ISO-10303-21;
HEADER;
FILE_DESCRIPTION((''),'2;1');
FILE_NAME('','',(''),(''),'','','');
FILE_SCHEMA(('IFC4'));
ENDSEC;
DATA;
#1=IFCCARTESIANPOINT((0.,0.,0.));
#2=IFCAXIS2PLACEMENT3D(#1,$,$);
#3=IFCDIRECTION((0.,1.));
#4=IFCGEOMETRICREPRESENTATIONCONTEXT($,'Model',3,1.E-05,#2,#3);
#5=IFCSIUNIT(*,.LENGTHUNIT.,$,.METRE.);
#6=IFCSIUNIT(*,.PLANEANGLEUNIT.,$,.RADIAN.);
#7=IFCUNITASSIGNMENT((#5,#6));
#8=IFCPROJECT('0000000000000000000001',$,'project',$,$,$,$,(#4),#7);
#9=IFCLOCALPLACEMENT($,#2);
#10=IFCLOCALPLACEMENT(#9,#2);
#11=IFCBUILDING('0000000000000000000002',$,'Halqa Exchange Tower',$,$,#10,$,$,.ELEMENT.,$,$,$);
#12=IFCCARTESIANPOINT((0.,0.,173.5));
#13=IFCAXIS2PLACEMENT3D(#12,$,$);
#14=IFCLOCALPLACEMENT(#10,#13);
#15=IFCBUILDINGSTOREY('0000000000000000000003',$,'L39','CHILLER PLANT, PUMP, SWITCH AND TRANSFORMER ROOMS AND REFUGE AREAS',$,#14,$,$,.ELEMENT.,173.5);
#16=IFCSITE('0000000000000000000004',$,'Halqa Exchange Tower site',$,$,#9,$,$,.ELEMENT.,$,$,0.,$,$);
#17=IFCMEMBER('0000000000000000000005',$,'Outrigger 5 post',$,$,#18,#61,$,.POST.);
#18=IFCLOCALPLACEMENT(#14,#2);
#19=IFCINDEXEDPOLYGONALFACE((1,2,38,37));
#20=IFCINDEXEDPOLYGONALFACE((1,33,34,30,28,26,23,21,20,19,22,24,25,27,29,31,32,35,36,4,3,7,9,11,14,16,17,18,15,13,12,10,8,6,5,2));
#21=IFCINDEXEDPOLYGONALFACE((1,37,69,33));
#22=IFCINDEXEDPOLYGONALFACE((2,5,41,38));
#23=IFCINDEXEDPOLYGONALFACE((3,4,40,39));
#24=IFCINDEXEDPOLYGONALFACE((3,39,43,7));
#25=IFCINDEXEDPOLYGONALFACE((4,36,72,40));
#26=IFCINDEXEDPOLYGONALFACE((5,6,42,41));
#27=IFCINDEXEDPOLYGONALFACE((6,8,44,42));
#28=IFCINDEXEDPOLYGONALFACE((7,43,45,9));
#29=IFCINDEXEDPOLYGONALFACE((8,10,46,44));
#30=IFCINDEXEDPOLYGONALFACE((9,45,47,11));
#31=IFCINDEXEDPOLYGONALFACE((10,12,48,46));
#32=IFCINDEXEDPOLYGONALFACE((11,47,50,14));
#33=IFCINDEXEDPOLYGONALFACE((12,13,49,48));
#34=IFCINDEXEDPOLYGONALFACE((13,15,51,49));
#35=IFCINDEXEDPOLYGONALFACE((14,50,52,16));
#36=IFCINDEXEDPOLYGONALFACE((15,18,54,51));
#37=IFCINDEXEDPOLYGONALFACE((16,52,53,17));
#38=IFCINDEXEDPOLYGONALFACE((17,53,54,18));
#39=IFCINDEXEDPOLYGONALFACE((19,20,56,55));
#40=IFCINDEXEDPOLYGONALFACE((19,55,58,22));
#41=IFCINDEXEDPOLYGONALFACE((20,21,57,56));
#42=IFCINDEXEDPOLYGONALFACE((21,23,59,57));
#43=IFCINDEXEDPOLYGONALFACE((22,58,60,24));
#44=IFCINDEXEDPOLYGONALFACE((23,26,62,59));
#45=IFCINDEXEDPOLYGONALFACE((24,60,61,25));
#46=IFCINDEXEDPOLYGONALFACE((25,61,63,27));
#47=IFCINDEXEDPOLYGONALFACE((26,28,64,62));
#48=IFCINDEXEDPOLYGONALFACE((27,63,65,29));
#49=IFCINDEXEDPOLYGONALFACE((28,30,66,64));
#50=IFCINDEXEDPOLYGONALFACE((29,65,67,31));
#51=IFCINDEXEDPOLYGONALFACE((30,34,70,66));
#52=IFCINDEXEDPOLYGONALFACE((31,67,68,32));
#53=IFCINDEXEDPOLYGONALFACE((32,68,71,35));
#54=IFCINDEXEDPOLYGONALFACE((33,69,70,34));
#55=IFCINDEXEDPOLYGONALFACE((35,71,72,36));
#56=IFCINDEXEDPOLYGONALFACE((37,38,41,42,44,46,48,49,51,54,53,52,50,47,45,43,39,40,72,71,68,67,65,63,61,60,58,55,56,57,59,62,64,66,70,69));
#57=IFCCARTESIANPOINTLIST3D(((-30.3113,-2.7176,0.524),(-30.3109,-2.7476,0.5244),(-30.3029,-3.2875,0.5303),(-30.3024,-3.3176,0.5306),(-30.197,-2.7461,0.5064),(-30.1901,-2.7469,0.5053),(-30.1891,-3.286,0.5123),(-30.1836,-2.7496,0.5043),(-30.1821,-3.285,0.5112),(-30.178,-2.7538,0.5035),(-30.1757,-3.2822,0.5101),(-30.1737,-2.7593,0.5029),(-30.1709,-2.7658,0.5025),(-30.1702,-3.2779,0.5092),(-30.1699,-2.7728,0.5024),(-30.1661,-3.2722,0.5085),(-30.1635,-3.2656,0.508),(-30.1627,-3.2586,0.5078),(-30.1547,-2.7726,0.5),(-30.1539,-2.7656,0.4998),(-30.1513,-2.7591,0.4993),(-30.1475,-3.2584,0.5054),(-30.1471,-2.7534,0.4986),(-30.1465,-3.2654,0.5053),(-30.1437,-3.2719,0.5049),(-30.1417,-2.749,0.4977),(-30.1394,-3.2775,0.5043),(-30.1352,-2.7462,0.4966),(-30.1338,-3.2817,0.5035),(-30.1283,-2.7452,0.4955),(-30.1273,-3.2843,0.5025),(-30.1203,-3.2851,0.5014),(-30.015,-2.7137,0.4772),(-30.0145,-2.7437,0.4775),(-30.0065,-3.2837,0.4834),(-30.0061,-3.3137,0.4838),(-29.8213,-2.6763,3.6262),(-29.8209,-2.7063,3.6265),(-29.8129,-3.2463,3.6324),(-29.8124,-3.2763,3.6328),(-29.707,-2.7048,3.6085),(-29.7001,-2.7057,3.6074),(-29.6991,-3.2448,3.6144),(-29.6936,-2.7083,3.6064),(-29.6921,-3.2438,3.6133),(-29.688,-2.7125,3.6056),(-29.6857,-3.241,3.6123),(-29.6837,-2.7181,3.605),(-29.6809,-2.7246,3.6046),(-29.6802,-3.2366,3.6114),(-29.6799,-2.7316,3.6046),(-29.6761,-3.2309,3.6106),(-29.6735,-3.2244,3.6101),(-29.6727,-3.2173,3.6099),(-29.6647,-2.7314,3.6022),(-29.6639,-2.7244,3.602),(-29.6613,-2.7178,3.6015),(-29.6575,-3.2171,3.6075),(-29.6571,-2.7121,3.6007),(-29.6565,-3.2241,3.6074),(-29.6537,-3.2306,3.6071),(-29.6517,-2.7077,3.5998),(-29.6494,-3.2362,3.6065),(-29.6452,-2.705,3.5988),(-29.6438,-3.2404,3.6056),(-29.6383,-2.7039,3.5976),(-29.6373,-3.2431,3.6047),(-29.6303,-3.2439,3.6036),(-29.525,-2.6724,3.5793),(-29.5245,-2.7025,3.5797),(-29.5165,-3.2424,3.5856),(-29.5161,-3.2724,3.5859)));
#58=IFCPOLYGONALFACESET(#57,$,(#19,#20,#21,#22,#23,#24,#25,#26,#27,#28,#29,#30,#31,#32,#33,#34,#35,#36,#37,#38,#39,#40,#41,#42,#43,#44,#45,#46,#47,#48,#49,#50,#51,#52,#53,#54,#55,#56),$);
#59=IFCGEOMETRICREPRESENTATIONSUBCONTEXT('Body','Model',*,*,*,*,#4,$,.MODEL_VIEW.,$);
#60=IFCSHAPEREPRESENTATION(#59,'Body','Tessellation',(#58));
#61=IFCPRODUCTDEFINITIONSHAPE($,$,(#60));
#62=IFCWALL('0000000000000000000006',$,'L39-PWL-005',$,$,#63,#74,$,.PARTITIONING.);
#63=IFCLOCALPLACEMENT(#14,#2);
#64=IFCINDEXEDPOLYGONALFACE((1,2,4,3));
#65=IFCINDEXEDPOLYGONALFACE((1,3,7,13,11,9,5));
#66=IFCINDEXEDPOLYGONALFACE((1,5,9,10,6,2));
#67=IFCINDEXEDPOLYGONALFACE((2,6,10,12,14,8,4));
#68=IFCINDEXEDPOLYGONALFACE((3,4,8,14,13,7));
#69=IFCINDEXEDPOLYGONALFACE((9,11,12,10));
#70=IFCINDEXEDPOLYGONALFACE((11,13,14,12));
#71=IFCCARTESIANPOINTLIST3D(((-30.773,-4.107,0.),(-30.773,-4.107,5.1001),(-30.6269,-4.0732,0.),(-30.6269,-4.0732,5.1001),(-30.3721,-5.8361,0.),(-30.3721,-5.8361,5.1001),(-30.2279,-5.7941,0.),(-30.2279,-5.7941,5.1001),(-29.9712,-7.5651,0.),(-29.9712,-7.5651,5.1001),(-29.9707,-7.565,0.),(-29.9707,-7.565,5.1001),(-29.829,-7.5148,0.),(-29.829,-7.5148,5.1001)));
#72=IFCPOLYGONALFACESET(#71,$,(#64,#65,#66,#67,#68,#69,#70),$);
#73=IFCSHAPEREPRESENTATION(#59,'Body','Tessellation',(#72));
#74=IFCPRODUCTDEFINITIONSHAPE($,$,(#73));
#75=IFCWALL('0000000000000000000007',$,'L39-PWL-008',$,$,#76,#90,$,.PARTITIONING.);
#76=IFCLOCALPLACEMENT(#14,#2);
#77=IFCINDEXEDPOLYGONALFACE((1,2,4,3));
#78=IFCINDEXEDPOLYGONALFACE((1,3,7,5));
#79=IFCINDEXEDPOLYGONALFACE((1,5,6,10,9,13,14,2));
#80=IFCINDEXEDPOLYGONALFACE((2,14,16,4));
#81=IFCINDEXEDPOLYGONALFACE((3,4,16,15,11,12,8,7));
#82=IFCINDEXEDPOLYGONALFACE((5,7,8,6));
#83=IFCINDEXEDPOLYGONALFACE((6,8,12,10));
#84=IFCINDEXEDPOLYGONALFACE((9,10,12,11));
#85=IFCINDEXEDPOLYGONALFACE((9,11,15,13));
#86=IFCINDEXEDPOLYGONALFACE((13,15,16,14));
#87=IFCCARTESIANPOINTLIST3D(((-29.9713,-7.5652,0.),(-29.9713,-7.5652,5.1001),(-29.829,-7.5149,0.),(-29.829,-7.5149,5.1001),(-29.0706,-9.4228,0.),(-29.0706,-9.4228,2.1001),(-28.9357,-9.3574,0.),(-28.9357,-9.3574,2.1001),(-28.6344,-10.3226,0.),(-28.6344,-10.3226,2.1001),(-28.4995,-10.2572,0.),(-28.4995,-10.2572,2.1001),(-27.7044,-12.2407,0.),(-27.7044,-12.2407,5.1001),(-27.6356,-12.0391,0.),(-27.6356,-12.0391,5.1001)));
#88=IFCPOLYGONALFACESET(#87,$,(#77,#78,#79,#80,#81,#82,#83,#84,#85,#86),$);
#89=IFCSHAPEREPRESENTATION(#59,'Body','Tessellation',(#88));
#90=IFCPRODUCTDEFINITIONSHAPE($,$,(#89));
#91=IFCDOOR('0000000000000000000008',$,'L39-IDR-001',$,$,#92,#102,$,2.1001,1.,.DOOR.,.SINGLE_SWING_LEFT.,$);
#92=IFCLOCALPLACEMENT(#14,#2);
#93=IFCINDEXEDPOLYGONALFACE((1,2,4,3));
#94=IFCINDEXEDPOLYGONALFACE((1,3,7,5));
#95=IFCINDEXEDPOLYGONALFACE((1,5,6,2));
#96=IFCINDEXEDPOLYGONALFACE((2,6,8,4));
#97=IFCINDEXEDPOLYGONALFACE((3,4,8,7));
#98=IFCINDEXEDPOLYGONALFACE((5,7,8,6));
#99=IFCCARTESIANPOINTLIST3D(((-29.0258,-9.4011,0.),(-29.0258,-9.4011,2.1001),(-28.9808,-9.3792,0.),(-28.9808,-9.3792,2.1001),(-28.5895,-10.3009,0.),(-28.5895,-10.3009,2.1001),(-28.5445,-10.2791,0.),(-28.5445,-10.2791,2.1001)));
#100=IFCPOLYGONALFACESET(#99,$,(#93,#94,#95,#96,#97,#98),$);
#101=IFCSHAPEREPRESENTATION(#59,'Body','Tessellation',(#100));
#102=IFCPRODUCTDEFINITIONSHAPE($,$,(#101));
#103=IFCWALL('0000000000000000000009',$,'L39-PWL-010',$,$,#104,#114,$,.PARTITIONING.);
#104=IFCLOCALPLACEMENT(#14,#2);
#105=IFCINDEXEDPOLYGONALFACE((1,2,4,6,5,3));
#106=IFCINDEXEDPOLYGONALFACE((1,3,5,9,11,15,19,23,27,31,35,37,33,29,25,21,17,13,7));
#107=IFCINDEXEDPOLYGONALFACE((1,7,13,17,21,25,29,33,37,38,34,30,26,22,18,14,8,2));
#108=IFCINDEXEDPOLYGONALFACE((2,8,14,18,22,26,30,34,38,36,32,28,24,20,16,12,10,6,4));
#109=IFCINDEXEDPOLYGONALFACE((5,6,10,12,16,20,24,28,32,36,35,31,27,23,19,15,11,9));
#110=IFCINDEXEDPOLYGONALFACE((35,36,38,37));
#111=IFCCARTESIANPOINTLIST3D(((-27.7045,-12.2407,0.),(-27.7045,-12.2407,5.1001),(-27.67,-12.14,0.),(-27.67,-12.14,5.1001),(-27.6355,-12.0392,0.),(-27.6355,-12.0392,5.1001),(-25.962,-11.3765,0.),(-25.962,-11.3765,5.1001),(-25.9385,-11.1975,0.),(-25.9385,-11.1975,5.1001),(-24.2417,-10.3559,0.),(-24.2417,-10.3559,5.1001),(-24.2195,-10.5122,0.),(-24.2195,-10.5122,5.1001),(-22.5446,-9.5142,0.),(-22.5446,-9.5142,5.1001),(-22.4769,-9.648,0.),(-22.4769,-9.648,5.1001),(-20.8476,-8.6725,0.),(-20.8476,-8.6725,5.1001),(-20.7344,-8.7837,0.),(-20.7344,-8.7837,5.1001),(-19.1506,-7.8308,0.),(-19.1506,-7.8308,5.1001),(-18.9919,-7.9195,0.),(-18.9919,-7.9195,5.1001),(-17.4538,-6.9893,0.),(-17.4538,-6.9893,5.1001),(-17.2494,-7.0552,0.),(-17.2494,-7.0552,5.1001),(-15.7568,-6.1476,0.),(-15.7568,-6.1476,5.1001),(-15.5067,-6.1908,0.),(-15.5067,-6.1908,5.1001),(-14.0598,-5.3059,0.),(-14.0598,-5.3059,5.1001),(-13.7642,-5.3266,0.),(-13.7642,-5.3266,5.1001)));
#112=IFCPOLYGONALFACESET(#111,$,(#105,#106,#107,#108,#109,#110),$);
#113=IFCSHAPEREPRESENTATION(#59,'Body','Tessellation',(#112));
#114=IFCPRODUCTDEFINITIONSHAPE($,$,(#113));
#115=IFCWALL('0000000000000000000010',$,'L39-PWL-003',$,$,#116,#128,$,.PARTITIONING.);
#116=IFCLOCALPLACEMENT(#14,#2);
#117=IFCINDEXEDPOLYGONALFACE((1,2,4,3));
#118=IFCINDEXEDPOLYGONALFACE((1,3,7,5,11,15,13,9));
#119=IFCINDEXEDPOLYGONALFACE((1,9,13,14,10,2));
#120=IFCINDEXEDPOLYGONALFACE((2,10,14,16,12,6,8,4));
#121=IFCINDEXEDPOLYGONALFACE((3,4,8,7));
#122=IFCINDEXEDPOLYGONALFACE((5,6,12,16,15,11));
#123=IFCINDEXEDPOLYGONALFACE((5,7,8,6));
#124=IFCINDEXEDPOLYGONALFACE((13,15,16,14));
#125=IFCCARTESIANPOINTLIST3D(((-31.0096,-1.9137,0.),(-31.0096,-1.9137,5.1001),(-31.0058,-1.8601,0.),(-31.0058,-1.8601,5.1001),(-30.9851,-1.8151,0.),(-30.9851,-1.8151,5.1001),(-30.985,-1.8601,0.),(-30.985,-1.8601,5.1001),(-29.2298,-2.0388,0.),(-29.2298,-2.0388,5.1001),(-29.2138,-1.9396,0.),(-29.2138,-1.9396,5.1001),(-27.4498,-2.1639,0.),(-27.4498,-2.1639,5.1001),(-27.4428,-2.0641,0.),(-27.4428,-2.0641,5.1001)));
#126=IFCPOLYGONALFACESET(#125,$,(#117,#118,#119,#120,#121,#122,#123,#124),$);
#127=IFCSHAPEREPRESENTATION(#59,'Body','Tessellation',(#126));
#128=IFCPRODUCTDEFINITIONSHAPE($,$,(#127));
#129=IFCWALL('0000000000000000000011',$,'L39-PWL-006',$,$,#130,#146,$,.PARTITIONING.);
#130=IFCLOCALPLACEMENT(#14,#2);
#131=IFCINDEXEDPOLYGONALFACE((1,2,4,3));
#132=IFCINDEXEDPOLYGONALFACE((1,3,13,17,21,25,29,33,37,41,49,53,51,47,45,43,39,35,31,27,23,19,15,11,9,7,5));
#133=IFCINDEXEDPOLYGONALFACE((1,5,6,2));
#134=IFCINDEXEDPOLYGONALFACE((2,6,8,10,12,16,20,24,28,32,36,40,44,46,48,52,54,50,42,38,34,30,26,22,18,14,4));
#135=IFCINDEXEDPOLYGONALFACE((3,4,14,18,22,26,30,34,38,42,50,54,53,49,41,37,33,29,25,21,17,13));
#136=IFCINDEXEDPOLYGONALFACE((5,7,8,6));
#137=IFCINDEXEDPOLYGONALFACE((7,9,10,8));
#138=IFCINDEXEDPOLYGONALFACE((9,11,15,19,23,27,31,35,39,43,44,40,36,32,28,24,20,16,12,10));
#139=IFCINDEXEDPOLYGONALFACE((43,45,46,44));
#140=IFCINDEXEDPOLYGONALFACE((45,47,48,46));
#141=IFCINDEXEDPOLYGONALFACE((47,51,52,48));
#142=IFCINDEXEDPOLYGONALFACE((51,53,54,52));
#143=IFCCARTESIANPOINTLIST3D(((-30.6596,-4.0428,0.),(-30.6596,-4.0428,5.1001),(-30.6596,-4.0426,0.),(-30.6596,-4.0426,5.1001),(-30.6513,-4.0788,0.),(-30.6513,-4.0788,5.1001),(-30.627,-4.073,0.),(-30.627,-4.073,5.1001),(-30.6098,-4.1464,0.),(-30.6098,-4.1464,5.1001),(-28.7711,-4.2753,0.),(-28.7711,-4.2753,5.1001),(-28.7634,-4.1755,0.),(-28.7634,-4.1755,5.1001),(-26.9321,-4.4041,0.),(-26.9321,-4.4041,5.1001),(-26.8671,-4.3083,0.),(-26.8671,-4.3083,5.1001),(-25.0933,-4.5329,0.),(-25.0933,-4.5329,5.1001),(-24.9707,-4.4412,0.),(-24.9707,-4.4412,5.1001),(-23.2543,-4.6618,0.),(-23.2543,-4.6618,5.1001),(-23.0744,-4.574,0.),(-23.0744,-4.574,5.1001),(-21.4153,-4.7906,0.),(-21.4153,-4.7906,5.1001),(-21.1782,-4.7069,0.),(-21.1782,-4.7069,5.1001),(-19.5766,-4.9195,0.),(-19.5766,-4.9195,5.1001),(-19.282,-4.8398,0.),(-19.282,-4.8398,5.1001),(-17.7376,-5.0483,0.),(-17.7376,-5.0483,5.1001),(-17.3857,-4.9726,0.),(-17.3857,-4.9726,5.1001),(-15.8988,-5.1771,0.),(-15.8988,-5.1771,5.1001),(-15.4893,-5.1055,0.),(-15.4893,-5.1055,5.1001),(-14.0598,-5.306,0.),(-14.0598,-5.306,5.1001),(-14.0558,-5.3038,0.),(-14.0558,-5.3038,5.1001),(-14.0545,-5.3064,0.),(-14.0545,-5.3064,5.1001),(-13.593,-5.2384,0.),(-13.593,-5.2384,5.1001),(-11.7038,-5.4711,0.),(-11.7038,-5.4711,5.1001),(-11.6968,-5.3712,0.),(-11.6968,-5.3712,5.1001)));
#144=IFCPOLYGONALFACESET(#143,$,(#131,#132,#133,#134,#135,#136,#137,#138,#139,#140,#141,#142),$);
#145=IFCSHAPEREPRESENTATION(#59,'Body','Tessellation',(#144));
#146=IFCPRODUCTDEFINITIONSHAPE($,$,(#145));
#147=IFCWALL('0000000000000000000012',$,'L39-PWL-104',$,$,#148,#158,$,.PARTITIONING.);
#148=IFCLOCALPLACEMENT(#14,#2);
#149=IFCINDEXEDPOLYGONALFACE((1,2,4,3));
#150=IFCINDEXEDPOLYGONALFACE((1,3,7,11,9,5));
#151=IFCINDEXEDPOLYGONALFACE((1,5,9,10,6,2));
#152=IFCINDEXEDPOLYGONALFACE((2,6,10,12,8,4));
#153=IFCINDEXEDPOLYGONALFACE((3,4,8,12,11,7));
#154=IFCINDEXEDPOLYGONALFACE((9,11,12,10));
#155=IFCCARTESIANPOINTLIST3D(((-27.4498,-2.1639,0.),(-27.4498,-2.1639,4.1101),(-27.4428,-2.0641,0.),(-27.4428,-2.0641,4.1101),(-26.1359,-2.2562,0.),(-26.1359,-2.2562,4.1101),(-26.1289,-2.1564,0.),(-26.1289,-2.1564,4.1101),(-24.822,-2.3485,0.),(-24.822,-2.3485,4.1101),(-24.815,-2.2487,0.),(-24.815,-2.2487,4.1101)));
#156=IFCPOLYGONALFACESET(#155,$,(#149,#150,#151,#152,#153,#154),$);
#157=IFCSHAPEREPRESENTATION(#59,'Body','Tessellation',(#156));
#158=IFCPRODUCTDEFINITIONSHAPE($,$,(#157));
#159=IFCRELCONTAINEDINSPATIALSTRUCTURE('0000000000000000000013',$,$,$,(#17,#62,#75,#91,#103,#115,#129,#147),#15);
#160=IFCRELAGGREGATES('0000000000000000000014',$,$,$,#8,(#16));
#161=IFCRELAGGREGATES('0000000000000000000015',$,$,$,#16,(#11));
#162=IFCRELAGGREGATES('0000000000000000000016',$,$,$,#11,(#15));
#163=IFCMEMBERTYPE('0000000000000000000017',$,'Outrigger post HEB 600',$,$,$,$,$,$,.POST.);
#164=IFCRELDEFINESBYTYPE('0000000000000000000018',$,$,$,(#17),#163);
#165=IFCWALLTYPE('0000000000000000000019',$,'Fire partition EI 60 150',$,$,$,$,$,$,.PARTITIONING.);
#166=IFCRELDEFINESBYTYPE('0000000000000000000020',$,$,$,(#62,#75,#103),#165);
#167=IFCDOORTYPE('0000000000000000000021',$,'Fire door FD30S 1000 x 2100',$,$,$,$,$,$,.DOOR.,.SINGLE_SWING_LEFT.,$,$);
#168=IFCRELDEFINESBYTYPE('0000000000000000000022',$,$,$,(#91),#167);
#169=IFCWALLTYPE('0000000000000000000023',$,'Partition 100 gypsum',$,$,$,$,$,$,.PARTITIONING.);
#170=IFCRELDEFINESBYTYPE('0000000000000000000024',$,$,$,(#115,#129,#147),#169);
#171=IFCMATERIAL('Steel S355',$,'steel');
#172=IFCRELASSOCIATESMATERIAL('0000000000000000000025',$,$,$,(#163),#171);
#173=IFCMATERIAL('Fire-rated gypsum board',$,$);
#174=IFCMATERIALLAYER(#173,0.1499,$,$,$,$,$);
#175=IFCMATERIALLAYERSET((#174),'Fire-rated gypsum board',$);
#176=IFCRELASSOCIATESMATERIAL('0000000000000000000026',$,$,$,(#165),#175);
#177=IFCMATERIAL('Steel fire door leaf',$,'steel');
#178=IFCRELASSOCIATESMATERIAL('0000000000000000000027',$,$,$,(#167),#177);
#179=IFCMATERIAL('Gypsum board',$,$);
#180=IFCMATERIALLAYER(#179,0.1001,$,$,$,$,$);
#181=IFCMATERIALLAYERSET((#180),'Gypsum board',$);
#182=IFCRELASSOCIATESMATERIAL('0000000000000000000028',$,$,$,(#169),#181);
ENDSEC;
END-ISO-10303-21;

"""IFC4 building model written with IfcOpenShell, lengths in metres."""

from ifc_helpers import new_model, si_unit, direction, frame, frame_2d, origin, origin_2d, place, context, subcontext, project, spatial, polyline, rectangle, i_section, outline, extrude, material, layer, layer_set, material_profile, profile_set, type_object, element, fill, save


model = new_model("IFC4")

# Units and contexts
model_context = context("Model", 3, precision=1e-05, world=origin(), true_north=direction((0.0, 1.0)))
body_context = subcontext(model_context, "Body", "Model", "MODEL_VIEW")
ifc_project = project(units=[si_unit("LENGTHUNIT", "METRE"), si_unit("PLANEANGLEUNIT", "RADIAN")], contexts=[model_context])

# Site, building, storey
site_placement = place(None, origin())
site = spatial("IfcSite", under=ifc_project, at=site_placement, Name="Halqa Exchange Tower site", CompositionType="ELEMENT", RefElevation=0.0)
building_placement = place(site_placement, origin())
building = spatial("IfcBuilding", under=site, at=building_placement, Name="Halqa Exchange Tower", CompositionType="ELEMENT")
storey_placement = place(building_placement, frame((0.0, 0.0, 173.5)))
storey = spatial("IfcBuildingStorey", under=building, at=storey_placement, Name="L39", Description="CHILLER PLANT, PUMP, SWITCH AND TRANSFORMER ROOMS AND REFUGE AREAS", CompositionType="ELEMENT", Elevation=173.5)

# Member
ifc_material_1 = material(Name="Steel S355", Category="steel")
ifc_material_profile_1 = material_profile(ifc_material_1, i_section(OverallWidth=0.3, OverallDepth=0.6001, WebThickness=0.0154, FlangeThickness=0.03, FilletRadius=0.0271, at=origin_2d()), Name="HEB 600")
ifc_profile_set_1 = profile_set([ifc_material_profile_1], Name="Steel S355")
member_type_1 = type_object("IfcMemberType", Name="Outrigger post HEB 600", PredefinedType="POST", material=ifc_profile_set_1)
member_1_placement = place(storey_placement, frame((-30.1587, -3.0156, 0.5039), z_axis=(0.156009, 0.013137, 0.987668), x_axis=(0.987645, 0.012899, -0.156177)))
element("IfcMember", 1, at=member_1_placement, inside=storey, type_object=member_type_1, Name="Outrigger 5 post", PredefinedType="POST", context=body_context, shape_type="SweptSolid", body=[
    extrude(i_section(OverallWidth=0.3, OverallDepth=0.6001, WebThickness=0.0154, FlangeThickness=0.03, FilletRadius=0.0271, at=origin_2d()), origin(), (0.0, 0.0, 1.0), 3.1409),
])

# Wall
ifc_material_2 = material(Name="Fire-rated gypsum board")
ifc_layer_1 = layer(ifc_material_2, 0.1499)
ifc_layer_set_1 = layer_set([ifc_layer_1], Name="Fire-rated gypsum board")
wall_type_1 = type_object("IfcWallType", Name="Fire partition EI 60 150", PredefinedType="PARTITIONING", material=ifc_layer_set_1)
wall_1_placement = place(storey_placement, frame((-30.7, -4.0901, 0.0), z_axis=(0.0, 0.0, 1.0), x_axis=(0.225864, -0.974159, 0.0)))
element("IfcWall", 2, at=wall_1_placement, inside=storey, type_object=wall_type_1, Name="L39-PWL-005", PredefinedType="PARTITIONING", context=body_context, shape_type="SweptSolid", body=[
    extrude(outline(polyline([(3.5498, -0.075), (3.5498, -0.0745), (3.533, 0.075), (1.7666, 0.075), (0.0, 0.075), (0.0, -0.075), (1.7749, -0.075), (3.5498, -0.075)])), origin(), (0.0, 0.0, 1.0), 5.1001),
])

# Wall, opening, door
wall_2_placement = place(storey_placement, frame((-29.9038, -7.5325, 0.0), z_axis=(0.0, 0.0, 1.0), x_axis=(0.436261, -0.89982, 0.0)))
wall_2 = element("IfcWall", 3, at=wall_2_placement, inside=storey, type_object=wall_type_1, Name="L39-PWL-008", PredefinedType="PARTITIONING", context=body_context, shape_type="SweptSolid", body=[
    extrude(outline(polyline([(0.0, -0.075), (1.7319, -0.075), (3.4641, -0.075), (5.196, -0.075), (5.0447, 0.075), (3.3689, 0.075), (1.6929, 0.075), (0.0168, 0.075), (0.0, -0.075)])), origin(), (0.0, 0.0, 1.0), 5.1001),
])
opening_placement = place(wall_2_placement, frame((2.0645, 0.0, 0.0)))
opening = element("IfcOpeningElement", 4, at=opening_placement, cuts=wall_2, PredefinedType="OPENING", context=body_context, shape_type="SweptSolid", body=[
    extrude(rectangle(XDim=1.0, YDim=2.1001, at=frame_2d((0.5, 1.05))), frame((0.0, 0.0869, 0.0), z_axis=(0.0, -1.0, 0.0), x_axis=(1.0, 0.0, 0.0)), (0.0, 0.0, 1.0), 0.1738),
])
ifc_material_3 = material(Name="Steel fire door leaf", Category="steel")
door_type = type_object("IfcDoorType", Name="Fire door FD30S 1000 x 2100", OperationType="SINGLE_SWING_LEFT", PredefinedType="DOOR", material=ifc_material_3)
door_placement = place(opening_placement, origin())
door = element("IfcDoor", 5, at=door_placement, inside=storey, type_object=door_type, Name="L39-IDR-001", OperationType="SINGLE_SWING_LEFT", OverallHeight=2.1001, OverallWidth=1.0, PredefinedType="DOOR", context=body_context, shape_type="SweptSolid", body=[
    extrude(rectangle(XDim=1.0, YDim=2.1001, at=frame_2d((0.5, 1.05))), frame((0.0, 0.0249, 0.0), z_axis=(0.0, -1.0, 0.0), x_axis=(1.0, 0.0, 0.0)), (0.0, 0.0, 1.0), 0.05),
])
fill(opening, door)

# Walls
wall_3_placement = place(storey_placement, frame((-27.7378, -12.1736, 0.0), z_axis=(0.0, 0.0, 1.0), x_axis=(0.895863, 0.444331, 0.0)))
element("IfcWall", 6, at=wall_3_placement, inside=storey, type_object=wall_type_1, Name="L39-PWL-010", PredefinedType="PARTITIONING", context=body_context, shape_type="SweptSolid", body=[
    extrude(outline(polyline([(0.0, -0.075), (1.9451, -0.075), (3.8901, -0.075), (5.8352, -0.075), (7.7803, -0.075), (9.7253, -0.075), (11.6704, -0.075), (13.6157, -0.075), (15.5608, -0.075), (15.3052, 0.075), (13.4109, 0.075), (11.5166, 0.075), (9.6226, 0.075), (7.7283, 0.075), (5.834, 0.075), (3.9397, 0.075), (2.0457, 0.075), (0.1514, 0.075), (0.1514, 0.075), (0.0757, 0.0), (0.0, -0.075)])), origin(), (0.0, 0.0, 1.0), 5.1001),
])
ifc_material_4 = material(Name="Gypsum board")
ifc_layer_2 = layer(ifc_material_4, 0.1001)
ifc_layer_set_2 = layer_set([ifc_layer_2], Name="Gypsum board")
wall_type_2 = type_object("IfcWallType", Name="Partition 100 gypsum", PredefinedType="PARTITIONING", material=ifc_layer_set_2)
wall_4_placement = place(storey_placement, frame((-31.0061, -1.8638, 0.0), z_axis=(0.0, 0.0, 1.0), x_axis=(0.997538, -0.070124, 0.0)))
element("IfcWall", 7, at=wall_4_placement, inside=storey, type_object=wall_type_2, Name="L39-PWL-003", PredefinedType="PARTITIONING", context=body_context, shape_type="SweptSolid", body=[
    extrude(outline(polyline([(3.5686, 0.05), (1.7932, 0.05), (0.0176, 0.05), (0.0208, 0.0051), (0.0, 0.0037), (0.0, -0.05), (1.7842, -0.05), (3.5686, -0.05), (3.5686, 0.05)])), origin(), (0.0, 0.0, 1.0), 5.1001),
])
wall_5_placement = place(storey_placement, frame((-30.6631, -4.0925, 0.0), z_axis=(0.0, 0.0, 1.0), x_axis=(0.997555, -0.069893, 0.0)))
element("IfcWall", 8, at=wall_5_placement, inside=storey, type_object=wall_type_2, Name="L39-PWL-006", PredefinedType="PARTITIONING", context=body_context, shape_type="SweptSolid", body=[
    extrude(outline(polyline([(0.0569, -0.05), (1.9001, -0.05), (3.7437, -0.05), (5.5869, -0.05), (7.4304, -0.05), (9.2739, -0.05), (11.1172, -0.05), (12.9607, -0.05), (14.804, -0.05), (16.6475, -0.05), (16.6514, -0.0476), (16.6528, -0.05), (19.0093, -0.05), (19.0093, 0.05), (17.1084, 0.05), (15.2075, 0.05), (13.3064, 0.05), (11.4055, 0.05), (9.5046, 0.05), (7.6038, 0.05), (5.7029, 0.05), (3.8018, 0.05), (1.9009, 0.05), (0.0, 0.05), (0.0, 0.0498), (0.0107, 0.0146), (0.0, 0.0112), (0.0, 0.0112), (0.0347, 0.022), (0.0569, -0.05)])), origin(), (0.0, 0.0, 1.0), 5.1001),
])
wall_6_placement = place(storey_placement, frame((-27.4463, -2.114, 0.0), z_axis=(0.0, 0.0, 1.0), x_axis=(0.997542, -0.070068, 0.0)))
element("IfcWall", 9, at=wall_6_placement, inside=storey, type_object=wall_type_2, Name="L39-PWL-104", PredefinedType="PARTITIONING", context=body_context, shape_type="SweptSolid", body=[
    extrude(outline(polyline([(0.0, 0.05), (0.0, -0.05), (1.3171, -0.05), (2.6343, -0.05), (2.6343, 0.05), (1.3171, 0.05), (0.0, 0.05)])), origin(), (0.0, 0.0, 1.0), 4.1101),
])

save(model, "model.ifc")
